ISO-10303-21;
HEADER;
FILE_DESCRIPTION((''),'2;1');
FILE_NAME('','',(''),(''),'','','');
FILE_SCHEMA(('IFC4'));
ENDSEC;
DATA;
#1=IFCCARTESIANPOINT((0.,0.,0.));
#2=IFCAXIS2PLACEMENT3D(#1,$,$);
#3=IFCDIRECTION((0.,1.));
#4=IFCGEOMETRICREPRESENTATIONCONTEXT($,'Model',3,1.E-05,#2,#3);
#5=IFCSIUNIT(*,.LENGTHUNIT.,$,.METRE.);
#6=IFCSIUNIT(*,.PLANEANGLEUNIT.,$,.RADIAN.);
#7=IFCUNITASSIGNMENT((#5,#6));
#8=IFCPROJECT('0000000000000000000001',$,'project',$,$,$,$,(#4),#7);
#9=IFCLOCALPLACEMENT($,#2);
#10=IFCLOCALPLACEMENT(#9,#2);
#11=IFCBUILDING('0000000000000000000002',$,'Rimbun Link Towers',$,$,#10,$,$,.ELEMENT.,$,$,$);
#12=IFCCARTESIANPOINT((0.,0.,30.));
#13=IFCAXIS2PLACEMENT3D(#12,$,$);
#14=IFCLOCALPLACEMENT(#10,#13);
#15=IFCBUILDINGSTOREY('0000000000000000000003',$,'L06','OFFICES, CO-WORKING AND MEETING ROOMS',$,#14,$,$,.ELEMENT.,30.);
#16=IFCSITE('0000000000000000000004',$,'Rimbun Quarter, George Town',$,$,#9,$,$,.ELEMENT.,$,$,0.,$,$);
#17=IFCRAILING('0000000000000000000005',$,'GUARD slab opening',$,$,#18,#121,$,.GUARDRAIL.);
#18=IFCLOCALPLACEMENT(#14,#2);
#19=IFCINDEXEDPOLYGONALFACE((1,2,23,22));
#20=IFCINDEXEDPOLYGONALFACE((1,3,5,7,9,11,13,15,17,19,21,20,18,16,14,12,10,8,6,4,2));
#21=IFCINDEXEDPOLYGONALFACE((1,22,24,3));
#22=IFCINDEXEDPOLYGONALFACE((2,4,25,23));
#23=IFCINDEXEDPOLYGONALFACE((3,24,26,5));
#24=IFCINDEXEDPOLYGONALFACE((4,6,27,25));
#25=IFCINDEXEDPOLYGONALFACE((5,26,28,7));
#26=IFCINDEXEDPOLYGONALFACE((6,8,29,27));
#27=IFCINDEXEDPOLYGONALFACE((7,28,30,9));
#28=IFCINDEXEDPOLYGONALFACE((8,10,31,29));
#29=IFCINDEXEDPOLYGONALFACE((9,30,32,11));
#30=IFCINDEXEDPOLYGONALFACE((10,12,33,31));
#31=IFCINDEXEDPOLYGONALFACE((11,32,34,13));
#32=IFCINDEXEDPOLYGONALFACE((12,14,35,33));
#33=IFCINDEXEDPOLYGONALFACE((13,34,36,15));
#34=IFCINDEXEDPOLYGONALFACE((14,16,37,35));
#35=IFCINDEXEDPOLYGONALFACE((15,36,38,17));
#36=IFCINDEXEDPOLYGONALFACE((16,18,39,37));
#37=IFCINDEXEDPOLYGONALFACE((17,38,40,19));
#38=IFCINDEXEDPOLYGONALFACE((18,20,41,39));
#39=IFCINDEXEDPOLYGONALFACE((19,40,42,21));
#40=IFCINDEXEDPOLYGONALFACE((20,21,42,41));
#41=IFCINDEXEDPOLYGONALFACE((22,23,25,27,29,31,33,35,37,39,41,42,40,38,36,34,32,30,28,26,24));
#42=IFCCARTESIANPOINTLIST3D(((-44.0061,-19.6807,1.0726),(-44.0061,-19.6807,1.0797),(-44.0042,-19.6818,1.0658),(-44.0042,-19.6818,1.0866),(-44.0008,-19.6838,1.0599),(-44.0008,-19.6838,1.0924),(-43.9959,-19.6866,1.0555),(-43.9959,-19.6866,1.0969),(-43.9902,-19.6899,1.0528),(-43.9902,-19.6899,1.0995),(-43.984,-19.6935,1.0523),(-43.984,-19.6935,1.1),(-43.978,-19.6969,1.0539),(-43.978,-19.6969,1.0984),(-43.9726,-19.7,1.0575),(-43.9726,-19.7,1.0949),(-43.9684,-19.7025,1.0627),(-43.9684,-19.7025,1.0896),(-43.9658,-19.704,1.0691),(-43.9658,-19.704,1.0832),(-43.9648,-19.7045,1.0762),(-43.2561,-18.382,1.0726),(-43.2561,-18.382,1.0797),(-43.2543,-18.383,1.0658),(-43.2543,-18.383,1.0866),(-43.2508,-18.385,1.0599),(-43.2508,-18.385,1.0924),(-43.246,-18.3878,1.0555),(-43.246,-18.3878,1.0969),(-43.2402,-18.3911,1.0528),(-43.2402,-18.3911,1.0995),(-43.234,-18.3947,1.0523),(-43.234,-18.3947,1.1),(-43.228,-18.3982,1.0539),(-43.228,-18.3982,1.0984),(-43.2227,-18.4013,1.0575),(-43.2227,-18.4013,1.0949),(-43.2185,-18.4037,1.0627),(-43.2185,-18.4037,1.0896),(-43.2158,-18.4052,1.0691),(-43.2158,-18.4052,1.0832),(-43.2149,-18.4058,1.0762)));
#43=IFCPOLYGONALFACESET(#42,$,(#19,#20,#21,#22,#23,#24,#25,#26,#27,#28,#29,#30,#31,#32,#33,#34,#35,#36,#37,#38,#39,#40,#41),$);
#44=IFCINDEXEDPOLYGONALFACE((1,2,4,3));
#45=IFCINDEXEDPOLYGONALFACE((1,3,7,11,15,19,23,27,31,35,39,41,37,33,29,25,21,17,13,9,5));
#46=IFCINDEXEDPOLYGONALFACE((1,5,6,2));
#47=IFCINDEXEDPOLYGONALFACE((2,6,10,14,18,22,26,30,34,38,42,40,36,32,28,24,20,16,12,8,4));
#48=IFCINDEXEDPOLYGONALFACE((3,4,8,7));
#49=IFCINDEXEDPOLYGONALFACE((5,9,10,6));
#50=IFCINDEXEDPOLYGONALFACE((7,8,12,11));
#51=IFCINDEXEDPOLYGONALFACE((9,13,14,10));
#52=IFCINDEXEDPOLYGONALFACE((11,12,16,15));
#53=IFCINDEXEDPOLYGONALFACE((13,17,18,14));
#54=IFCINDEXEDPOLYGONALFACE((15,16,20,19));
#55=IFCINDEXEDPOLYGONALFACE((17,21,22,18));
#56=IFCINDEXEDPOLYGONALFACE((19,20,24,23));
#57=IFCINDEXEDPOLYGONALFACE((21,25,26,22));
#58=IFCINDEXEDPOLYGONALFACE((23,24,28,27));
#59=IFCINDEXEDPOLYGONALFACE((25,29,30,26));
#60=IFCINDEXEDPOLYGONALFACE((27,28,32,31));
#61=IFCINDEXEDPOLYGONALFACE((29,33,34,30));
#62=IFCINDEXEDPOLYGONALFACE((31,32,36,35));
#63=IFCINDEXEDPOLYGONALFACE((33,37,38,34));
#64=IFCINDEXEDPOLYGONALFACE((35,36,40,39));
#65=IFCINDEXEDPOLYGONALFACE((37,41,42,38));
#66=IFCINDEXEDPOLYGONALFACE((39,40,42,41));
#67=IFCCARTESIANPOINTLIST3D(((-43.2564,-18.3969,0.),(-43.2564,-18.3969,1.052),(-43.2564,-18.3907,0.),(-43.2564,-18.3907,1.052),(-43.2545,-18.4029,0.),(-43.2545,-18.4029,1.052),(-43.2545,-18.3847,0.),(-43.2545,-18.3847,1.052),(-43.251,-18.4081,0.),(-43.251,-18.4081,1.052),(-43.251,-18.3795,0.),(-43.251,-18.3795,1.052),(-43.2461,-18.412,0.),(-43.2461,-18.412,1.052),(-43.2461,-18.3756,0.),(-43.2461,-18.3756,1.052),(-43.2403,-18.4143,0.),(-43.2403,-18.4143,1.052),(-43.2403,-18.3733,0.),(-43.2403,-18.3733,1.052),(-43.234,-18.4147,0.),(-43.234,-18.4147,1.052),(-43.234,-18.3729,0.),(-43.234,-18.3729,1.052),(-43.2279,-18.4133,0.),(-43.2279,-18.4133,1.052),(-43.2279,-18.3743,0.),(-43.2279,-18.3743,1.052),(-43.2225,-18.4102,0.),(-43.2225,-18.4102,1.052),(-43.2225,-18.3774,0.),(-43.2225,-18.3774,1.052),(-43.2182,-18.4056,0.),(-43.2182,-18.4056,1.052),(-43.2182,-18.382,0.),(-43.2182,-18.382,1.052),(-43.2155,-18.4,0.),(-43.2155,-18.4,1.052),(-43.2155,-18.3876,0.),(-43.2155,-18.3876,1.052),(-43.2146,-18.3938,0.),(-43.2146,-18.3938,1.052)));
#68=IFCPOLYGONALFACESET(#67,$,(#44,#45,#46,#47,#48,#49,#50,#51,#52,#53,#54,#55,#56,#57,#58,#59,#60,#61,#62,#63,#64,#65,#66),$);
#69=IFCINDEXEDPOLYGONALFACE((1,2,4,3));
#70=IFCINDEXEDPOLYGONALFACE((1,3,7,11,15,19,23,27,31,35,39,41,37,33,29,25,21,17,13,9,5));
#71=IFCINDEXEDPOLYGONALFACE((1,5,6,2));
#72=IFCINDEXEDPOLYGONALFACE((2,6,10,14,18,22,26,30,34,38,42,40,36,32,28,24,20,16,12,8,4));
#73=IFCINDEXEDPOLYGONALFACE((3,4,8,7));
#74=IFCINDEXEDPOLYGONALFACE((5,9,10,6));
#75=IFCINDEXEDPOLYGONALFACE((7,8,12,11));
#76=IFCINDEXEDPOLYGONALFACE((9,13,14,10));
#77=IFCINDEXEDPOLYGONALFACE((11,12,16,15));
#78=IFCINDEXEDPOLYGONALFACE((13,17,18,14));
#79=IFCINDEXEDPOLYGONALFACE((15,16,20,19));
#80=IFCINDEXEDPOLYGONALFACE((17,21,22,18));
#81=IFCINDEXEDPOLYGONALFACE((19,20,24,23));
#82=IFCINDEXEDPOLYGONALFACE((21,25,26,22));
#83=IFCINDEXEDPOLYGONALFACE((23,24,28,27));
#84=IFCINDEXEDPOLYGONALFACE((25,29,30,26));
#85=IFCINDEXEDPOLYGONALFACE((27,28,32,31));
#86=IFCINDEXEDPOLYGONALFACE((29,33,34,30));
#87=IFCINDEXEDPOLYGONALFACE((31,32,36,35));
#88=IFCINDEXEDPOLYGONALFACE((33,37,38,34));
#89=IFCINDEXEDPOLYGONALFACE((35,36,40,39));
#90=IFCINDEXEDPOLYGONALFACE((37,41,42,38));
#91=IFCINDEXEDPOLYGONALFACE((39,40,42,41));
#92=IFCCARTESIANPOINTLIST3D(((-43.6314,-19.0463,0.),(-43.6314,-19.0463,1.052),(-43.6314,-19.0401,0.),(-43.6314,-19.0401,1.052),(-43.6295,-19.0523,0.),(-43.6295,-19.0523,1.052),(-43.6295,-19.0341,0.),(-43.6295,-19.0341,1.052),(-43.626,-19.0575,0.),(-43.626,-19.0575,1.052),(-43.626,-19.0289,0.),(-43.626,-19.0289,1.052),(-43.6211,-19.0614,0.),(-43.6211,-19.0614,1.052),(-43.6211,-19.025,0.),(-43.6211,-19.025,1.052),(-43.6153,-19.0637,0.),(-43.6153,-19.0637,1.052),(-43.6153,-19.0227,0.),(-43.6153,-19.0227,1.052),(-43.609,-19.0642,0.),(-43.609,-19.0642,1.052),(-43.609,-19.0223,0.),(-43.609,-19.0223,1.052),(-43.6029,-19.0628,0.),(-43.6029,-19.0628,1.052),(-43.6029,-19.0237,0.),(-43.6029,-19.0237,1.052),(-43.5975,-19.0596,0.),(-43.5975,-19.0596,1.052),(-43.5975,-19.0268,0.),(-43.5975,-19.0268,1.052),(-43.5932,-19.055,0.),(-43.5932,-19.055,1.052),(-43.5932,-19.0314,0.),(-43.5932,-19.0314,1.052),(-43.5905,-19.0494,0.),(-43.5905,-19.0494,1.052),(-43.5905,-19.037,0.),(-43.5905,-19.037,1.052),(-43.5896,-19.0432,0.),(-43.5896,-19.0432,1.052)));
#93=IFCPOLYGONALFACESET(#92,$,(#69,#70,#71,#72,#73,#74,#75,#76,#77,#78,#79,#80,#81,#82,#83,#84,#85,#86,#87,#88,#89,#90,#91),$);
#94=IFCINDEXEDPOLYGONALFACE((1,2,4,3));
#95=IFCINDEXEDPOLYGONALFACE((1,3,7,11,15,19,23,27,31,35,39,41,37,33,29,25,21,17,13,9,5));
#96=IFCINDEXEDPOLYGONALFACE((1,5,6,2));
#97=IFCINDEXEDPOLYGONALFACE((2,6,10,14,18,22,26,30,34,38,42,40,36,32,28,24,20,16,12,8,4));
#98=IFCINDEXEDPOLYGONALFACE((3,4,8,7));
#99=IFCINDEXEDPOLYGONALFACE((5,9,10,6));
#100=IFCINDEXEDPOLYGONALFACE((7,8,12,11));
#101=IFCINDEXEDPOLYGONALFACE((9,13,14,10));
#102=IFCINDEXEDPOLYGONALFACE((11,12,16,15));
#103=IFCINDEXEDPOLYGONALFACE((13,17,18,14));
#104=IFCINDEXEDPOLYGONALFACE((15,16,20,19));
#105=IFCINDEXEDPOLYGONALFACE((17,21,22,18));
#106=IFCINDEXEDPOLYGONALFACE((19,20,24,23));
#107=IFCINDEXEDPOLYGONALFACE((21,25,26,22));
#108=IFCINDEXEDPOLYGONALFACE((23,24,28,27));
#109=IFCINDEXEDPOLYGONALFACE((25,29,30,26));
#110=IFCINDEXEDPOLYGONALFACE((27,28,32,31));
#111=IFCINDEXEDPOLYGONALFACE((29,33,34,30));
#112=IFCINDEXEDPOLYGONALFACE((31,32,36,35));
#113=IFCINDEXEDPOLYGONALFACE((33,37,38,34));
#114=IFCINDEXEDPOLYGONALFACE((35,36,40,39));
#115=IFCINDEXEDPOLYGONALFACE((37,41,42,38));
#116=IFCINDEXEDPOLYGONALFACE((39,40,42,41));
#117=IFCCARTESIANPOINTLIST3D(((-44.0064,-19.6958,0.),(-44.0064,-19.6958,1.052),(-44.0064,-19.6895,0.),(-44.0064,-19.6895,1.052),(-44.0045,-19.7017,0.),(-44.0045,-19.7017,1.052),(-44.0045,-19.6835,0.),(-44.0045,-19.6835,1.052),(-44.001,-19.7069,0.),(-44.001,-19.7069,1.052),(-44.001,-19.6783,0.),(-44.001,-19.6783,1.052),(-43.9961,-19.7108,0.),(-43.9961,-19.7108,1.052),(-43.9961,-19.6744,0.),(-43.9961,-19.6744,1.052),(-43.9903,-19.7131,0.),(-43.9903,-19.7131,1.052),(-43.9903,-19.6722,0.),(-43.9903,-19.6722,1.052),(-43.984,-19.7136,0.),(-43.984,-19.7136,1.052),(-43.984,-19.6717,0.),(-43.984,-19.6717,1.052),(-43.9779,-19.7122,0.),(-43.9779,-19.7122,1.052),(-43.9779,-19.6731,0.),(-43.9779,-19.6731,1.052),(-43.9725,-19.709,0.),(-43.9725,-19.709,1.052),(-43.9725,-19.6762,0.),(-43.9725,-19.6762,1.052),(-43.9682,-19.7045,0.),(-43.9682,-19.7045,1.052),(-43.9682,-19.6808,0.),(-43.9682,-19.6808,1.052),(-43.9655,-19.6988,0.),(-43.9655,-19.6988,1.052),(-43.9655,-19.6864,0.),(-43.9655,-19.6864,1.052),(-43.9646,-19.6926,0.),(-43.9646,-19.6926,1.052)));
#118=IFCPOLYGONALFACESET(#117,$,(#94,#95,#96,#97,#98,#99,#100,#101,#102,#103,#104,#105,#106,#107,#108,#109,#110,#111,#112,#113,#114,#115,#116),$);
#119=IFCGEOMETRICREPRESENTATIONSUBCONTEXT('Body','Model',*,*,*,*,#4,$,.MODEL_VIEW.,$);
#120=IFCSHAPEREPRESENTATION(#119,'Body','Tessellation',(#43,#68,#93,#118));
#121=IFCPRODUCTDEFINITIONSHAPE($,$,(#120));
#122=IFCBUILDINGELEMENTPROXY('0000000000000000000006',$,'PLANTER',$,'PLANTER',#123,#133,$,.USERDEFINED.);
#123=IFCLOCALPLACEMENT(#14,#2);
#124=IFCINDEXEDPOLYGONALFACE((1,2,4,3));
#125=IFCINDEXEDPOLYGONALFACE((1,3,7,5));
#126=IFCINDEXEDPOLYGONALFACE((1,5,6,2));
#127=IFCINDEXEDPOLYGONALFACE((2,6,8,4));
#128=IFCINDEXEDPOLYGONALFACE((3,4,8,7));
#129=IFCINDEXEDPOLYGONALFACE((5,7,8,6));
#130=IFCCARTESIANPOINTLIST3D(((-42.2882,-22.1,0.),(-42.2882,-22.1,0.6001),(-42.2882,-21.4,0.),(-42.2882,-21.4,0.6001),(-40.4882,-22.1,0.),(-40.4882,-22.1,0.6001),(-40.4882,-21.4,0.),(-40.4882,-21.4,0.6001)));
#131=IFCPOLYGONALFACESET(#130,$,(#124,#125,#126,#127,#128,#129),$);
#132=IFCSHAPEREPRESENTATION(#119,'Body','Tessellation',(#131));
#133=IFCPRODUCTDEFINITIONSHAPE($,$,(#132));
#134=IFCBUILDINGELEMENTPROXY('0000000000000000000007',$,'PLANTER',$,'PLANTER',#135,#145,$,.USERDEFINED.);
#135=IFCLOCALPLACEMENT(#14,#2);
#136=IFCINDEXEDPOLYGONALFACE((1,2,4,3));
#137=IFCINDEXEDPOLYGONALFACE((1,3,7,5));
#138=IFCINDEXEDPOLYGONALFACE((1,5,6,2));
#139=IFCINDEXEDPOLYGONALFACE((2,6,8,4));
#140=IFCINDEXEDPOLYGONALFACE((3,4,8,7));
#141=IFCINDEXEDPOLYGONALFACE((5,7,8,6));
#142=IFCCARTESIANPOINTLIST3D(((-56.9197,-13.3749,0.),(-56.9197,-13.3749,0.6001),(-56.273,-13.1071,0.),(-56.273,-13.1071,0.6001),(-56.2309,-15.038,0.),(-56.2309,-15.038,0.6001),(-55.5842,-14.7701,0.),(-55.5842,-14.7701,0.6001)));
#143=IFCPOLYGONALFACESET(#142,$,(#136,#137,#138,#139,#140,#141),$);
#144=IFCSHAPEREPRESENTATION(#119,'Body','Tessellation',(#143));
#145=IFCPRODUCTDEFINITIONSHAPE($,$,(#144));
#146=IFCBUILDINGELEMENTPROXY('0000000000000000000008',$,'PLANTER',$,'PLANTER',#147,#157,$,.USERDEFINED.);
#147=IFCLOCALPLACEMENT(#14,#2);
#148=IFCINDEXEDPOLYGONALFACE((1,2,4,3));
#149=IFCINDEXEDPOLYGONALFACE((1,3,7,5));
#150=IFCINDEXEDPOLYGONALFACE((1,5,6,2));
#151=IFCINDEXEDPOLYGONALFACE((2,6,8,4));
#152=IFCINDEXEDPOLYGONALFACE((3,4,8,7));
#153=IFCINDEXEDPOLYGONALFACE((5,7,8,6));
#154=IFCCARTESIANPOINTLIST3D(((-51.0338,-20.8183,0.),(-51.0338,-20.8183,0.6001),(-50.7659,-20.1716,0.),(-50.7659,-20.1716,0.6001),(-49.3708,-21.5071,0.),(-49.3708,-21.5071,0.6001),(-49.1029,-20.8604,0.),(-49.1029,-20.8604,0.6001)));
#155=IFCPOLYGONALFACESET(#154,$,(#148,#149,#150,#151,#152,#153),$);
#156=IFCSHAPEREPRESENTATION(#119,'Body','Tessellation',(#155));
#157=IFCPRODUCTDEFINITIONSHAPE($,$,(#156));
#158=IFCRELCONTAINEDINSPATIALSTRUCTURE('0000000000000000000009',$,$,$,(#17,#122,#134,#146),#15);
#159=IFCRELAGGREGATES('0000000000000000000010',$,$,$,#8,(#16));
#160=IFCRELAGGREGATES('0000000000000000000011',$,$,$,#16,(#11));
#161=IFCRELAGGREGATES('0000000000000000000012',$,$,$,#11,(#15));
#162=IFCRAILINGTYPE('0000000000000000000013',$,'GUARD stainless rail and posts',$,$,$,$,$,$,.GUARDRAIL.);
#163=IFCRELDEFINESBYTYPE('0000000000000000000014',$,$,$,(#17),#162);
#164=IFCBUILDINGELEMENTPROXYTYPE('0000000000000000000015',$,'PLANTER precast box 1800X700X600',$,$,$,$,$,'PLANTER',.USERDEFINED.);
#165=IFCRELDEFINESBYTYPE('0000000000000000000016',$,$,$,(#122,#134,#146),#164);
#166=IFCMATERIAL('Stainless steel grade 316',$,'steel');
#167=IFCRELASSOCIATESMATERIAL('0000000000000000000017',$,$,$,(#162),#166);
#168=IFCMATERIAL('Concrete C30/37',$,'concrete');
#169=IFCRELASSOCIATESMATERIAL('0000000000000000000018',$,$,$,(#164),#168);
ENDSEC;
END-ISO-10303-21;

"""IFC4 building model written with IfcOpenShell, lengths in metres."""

from ifc_helpers import new_model, si_unit, direction, frame, origin, origin_2d, place, context, subcontext, project, spatial, rectangle, circle, extrude, material, type_object, element, save


model = new_model("IFC4")

# Units and contexts
model_context = context("Model", 3, precision=1e-05, world=origin(), true_north=direction((0.0, 1.0)))
body_context = subcontext(model_context, "Body", "Model", "MODEL_VIEW")
ifc_project = project(units=[si_unit("LENGTHUNIT", "METRE"), si_unit("PLANEANGLEUNIT", "RADIAN")], contexts=[model_context])

# Site, building, storey
site_placement = place(None, origin())
site = spatial("IfcSite", under=ifc_project, at=site_placement, Name="Rimbun Quarter, George Town", CompositionType="ELEMENT", RefElevation=0.0)
building_placement = place(site_placement, origin())
building = spatial("IfcBuilding", under=site, at=building_placement, Name="Rimbun Link Towers", CompositionType="ELEMENT")
storey_placement = place(building_placement, frame((0.0, 0.0, 30.0)))
storey = spatial("IfcBuildingStorey", under=building, at=storey_placement, Name="L06", Description="OFFICES, CO-WORKING AND MEETING ROOMS", CompositionType="ELEMENT", Elevation=30.0)

# Railing
ifc_material_1 = material(Name="Stainless steel grade 316", Category="steel")
railing_type_1 = type_object("IfcRailingType", Name="GUARD stainless rail and posts", PredefinedType="GUARDRAIL", material=ifc_material_1)
railing_1_placement = place(storey_placement, frame((-43.2356, -18.3938, 0.0)))
element("IfcRailing", 1, at=railing_1_placement, inside=storey, type_object=railing_type_1, Name="GUARD slab opening", PredefinedType="GUARDRAIL", context=body_context, shape_type="SweptSolid", body=[
    extrude(circle(Radius=0.0239, at=origin_2d()), frame((0.0, 0.0, 1.0762), z_axis=(-0.500061, -0.86599, 0.0), x_axis=(0.86599, -0.500061, 0.0)), (0.0, 0.0, 1.0), 1.4998),
    extrude(circle(Radius=0.021, at=origin_2d()), origin(), (0.0, 0.0, 1.0), 1.052),
    extrude(circle(Radius=0.021, at=origin_2d()), frame((-0.375, -0.6494, 0.0)), (0.0, 0.0, 1.0), 1.052),
    extrude(circle(Radius=0.021, at=origin_2d()), frame((-0.75, -1.2988, 0.0)), (0.0, 0.0, 1.0), 1.052),
])

# Building element proxies
ifc_material_2 = material(Name="Concrete C30/37", Category="concrete")
building_element_proxy_type = type_object("IfcBuildingElementProxyType", Name="PLANTER precast box 1800X700X600", ElementType="PLANTER", PredefinedType="USERDEFINED", material=ifc_material_2)
for number, where, z_axis, x_axis, name in (
    (2, (-41.3882, -21.75, 0.0), (0.0, 0.0, 1.0), (1.0, 0.0, 0.0), "PLANTER"),
    (3, (-56.252, -14.0725, 0.0), (0.0, 0.0, 1.0), (0.382679, -0.923881, 0.0), "PLANTER"),
    (4, (-50.0684, -20.8394, 0.0), (0.0, 0.0, 1.0), (0.923881, -0.382679, 0.0), "PLANTER"),
):
    element("IfcBuildingElementProxy", number, at=place(storey_placement, frame(where, z_axis=z_axis, x_axis=x_axis)), inside=storey, type_object=building_element_proxy_type, Name=name, ObjectType="PLANTER", PredefinedType="USERDEFINED", context=body_context, shape_type="SweptSolid", body=[
        extrude(rectangle(XDim=1.8, YDim=0.7, at=origin_2d()), origin(), (0.0, 0.0, 1.0), 0.6001),
    ])

save(model, "model.ifc")
